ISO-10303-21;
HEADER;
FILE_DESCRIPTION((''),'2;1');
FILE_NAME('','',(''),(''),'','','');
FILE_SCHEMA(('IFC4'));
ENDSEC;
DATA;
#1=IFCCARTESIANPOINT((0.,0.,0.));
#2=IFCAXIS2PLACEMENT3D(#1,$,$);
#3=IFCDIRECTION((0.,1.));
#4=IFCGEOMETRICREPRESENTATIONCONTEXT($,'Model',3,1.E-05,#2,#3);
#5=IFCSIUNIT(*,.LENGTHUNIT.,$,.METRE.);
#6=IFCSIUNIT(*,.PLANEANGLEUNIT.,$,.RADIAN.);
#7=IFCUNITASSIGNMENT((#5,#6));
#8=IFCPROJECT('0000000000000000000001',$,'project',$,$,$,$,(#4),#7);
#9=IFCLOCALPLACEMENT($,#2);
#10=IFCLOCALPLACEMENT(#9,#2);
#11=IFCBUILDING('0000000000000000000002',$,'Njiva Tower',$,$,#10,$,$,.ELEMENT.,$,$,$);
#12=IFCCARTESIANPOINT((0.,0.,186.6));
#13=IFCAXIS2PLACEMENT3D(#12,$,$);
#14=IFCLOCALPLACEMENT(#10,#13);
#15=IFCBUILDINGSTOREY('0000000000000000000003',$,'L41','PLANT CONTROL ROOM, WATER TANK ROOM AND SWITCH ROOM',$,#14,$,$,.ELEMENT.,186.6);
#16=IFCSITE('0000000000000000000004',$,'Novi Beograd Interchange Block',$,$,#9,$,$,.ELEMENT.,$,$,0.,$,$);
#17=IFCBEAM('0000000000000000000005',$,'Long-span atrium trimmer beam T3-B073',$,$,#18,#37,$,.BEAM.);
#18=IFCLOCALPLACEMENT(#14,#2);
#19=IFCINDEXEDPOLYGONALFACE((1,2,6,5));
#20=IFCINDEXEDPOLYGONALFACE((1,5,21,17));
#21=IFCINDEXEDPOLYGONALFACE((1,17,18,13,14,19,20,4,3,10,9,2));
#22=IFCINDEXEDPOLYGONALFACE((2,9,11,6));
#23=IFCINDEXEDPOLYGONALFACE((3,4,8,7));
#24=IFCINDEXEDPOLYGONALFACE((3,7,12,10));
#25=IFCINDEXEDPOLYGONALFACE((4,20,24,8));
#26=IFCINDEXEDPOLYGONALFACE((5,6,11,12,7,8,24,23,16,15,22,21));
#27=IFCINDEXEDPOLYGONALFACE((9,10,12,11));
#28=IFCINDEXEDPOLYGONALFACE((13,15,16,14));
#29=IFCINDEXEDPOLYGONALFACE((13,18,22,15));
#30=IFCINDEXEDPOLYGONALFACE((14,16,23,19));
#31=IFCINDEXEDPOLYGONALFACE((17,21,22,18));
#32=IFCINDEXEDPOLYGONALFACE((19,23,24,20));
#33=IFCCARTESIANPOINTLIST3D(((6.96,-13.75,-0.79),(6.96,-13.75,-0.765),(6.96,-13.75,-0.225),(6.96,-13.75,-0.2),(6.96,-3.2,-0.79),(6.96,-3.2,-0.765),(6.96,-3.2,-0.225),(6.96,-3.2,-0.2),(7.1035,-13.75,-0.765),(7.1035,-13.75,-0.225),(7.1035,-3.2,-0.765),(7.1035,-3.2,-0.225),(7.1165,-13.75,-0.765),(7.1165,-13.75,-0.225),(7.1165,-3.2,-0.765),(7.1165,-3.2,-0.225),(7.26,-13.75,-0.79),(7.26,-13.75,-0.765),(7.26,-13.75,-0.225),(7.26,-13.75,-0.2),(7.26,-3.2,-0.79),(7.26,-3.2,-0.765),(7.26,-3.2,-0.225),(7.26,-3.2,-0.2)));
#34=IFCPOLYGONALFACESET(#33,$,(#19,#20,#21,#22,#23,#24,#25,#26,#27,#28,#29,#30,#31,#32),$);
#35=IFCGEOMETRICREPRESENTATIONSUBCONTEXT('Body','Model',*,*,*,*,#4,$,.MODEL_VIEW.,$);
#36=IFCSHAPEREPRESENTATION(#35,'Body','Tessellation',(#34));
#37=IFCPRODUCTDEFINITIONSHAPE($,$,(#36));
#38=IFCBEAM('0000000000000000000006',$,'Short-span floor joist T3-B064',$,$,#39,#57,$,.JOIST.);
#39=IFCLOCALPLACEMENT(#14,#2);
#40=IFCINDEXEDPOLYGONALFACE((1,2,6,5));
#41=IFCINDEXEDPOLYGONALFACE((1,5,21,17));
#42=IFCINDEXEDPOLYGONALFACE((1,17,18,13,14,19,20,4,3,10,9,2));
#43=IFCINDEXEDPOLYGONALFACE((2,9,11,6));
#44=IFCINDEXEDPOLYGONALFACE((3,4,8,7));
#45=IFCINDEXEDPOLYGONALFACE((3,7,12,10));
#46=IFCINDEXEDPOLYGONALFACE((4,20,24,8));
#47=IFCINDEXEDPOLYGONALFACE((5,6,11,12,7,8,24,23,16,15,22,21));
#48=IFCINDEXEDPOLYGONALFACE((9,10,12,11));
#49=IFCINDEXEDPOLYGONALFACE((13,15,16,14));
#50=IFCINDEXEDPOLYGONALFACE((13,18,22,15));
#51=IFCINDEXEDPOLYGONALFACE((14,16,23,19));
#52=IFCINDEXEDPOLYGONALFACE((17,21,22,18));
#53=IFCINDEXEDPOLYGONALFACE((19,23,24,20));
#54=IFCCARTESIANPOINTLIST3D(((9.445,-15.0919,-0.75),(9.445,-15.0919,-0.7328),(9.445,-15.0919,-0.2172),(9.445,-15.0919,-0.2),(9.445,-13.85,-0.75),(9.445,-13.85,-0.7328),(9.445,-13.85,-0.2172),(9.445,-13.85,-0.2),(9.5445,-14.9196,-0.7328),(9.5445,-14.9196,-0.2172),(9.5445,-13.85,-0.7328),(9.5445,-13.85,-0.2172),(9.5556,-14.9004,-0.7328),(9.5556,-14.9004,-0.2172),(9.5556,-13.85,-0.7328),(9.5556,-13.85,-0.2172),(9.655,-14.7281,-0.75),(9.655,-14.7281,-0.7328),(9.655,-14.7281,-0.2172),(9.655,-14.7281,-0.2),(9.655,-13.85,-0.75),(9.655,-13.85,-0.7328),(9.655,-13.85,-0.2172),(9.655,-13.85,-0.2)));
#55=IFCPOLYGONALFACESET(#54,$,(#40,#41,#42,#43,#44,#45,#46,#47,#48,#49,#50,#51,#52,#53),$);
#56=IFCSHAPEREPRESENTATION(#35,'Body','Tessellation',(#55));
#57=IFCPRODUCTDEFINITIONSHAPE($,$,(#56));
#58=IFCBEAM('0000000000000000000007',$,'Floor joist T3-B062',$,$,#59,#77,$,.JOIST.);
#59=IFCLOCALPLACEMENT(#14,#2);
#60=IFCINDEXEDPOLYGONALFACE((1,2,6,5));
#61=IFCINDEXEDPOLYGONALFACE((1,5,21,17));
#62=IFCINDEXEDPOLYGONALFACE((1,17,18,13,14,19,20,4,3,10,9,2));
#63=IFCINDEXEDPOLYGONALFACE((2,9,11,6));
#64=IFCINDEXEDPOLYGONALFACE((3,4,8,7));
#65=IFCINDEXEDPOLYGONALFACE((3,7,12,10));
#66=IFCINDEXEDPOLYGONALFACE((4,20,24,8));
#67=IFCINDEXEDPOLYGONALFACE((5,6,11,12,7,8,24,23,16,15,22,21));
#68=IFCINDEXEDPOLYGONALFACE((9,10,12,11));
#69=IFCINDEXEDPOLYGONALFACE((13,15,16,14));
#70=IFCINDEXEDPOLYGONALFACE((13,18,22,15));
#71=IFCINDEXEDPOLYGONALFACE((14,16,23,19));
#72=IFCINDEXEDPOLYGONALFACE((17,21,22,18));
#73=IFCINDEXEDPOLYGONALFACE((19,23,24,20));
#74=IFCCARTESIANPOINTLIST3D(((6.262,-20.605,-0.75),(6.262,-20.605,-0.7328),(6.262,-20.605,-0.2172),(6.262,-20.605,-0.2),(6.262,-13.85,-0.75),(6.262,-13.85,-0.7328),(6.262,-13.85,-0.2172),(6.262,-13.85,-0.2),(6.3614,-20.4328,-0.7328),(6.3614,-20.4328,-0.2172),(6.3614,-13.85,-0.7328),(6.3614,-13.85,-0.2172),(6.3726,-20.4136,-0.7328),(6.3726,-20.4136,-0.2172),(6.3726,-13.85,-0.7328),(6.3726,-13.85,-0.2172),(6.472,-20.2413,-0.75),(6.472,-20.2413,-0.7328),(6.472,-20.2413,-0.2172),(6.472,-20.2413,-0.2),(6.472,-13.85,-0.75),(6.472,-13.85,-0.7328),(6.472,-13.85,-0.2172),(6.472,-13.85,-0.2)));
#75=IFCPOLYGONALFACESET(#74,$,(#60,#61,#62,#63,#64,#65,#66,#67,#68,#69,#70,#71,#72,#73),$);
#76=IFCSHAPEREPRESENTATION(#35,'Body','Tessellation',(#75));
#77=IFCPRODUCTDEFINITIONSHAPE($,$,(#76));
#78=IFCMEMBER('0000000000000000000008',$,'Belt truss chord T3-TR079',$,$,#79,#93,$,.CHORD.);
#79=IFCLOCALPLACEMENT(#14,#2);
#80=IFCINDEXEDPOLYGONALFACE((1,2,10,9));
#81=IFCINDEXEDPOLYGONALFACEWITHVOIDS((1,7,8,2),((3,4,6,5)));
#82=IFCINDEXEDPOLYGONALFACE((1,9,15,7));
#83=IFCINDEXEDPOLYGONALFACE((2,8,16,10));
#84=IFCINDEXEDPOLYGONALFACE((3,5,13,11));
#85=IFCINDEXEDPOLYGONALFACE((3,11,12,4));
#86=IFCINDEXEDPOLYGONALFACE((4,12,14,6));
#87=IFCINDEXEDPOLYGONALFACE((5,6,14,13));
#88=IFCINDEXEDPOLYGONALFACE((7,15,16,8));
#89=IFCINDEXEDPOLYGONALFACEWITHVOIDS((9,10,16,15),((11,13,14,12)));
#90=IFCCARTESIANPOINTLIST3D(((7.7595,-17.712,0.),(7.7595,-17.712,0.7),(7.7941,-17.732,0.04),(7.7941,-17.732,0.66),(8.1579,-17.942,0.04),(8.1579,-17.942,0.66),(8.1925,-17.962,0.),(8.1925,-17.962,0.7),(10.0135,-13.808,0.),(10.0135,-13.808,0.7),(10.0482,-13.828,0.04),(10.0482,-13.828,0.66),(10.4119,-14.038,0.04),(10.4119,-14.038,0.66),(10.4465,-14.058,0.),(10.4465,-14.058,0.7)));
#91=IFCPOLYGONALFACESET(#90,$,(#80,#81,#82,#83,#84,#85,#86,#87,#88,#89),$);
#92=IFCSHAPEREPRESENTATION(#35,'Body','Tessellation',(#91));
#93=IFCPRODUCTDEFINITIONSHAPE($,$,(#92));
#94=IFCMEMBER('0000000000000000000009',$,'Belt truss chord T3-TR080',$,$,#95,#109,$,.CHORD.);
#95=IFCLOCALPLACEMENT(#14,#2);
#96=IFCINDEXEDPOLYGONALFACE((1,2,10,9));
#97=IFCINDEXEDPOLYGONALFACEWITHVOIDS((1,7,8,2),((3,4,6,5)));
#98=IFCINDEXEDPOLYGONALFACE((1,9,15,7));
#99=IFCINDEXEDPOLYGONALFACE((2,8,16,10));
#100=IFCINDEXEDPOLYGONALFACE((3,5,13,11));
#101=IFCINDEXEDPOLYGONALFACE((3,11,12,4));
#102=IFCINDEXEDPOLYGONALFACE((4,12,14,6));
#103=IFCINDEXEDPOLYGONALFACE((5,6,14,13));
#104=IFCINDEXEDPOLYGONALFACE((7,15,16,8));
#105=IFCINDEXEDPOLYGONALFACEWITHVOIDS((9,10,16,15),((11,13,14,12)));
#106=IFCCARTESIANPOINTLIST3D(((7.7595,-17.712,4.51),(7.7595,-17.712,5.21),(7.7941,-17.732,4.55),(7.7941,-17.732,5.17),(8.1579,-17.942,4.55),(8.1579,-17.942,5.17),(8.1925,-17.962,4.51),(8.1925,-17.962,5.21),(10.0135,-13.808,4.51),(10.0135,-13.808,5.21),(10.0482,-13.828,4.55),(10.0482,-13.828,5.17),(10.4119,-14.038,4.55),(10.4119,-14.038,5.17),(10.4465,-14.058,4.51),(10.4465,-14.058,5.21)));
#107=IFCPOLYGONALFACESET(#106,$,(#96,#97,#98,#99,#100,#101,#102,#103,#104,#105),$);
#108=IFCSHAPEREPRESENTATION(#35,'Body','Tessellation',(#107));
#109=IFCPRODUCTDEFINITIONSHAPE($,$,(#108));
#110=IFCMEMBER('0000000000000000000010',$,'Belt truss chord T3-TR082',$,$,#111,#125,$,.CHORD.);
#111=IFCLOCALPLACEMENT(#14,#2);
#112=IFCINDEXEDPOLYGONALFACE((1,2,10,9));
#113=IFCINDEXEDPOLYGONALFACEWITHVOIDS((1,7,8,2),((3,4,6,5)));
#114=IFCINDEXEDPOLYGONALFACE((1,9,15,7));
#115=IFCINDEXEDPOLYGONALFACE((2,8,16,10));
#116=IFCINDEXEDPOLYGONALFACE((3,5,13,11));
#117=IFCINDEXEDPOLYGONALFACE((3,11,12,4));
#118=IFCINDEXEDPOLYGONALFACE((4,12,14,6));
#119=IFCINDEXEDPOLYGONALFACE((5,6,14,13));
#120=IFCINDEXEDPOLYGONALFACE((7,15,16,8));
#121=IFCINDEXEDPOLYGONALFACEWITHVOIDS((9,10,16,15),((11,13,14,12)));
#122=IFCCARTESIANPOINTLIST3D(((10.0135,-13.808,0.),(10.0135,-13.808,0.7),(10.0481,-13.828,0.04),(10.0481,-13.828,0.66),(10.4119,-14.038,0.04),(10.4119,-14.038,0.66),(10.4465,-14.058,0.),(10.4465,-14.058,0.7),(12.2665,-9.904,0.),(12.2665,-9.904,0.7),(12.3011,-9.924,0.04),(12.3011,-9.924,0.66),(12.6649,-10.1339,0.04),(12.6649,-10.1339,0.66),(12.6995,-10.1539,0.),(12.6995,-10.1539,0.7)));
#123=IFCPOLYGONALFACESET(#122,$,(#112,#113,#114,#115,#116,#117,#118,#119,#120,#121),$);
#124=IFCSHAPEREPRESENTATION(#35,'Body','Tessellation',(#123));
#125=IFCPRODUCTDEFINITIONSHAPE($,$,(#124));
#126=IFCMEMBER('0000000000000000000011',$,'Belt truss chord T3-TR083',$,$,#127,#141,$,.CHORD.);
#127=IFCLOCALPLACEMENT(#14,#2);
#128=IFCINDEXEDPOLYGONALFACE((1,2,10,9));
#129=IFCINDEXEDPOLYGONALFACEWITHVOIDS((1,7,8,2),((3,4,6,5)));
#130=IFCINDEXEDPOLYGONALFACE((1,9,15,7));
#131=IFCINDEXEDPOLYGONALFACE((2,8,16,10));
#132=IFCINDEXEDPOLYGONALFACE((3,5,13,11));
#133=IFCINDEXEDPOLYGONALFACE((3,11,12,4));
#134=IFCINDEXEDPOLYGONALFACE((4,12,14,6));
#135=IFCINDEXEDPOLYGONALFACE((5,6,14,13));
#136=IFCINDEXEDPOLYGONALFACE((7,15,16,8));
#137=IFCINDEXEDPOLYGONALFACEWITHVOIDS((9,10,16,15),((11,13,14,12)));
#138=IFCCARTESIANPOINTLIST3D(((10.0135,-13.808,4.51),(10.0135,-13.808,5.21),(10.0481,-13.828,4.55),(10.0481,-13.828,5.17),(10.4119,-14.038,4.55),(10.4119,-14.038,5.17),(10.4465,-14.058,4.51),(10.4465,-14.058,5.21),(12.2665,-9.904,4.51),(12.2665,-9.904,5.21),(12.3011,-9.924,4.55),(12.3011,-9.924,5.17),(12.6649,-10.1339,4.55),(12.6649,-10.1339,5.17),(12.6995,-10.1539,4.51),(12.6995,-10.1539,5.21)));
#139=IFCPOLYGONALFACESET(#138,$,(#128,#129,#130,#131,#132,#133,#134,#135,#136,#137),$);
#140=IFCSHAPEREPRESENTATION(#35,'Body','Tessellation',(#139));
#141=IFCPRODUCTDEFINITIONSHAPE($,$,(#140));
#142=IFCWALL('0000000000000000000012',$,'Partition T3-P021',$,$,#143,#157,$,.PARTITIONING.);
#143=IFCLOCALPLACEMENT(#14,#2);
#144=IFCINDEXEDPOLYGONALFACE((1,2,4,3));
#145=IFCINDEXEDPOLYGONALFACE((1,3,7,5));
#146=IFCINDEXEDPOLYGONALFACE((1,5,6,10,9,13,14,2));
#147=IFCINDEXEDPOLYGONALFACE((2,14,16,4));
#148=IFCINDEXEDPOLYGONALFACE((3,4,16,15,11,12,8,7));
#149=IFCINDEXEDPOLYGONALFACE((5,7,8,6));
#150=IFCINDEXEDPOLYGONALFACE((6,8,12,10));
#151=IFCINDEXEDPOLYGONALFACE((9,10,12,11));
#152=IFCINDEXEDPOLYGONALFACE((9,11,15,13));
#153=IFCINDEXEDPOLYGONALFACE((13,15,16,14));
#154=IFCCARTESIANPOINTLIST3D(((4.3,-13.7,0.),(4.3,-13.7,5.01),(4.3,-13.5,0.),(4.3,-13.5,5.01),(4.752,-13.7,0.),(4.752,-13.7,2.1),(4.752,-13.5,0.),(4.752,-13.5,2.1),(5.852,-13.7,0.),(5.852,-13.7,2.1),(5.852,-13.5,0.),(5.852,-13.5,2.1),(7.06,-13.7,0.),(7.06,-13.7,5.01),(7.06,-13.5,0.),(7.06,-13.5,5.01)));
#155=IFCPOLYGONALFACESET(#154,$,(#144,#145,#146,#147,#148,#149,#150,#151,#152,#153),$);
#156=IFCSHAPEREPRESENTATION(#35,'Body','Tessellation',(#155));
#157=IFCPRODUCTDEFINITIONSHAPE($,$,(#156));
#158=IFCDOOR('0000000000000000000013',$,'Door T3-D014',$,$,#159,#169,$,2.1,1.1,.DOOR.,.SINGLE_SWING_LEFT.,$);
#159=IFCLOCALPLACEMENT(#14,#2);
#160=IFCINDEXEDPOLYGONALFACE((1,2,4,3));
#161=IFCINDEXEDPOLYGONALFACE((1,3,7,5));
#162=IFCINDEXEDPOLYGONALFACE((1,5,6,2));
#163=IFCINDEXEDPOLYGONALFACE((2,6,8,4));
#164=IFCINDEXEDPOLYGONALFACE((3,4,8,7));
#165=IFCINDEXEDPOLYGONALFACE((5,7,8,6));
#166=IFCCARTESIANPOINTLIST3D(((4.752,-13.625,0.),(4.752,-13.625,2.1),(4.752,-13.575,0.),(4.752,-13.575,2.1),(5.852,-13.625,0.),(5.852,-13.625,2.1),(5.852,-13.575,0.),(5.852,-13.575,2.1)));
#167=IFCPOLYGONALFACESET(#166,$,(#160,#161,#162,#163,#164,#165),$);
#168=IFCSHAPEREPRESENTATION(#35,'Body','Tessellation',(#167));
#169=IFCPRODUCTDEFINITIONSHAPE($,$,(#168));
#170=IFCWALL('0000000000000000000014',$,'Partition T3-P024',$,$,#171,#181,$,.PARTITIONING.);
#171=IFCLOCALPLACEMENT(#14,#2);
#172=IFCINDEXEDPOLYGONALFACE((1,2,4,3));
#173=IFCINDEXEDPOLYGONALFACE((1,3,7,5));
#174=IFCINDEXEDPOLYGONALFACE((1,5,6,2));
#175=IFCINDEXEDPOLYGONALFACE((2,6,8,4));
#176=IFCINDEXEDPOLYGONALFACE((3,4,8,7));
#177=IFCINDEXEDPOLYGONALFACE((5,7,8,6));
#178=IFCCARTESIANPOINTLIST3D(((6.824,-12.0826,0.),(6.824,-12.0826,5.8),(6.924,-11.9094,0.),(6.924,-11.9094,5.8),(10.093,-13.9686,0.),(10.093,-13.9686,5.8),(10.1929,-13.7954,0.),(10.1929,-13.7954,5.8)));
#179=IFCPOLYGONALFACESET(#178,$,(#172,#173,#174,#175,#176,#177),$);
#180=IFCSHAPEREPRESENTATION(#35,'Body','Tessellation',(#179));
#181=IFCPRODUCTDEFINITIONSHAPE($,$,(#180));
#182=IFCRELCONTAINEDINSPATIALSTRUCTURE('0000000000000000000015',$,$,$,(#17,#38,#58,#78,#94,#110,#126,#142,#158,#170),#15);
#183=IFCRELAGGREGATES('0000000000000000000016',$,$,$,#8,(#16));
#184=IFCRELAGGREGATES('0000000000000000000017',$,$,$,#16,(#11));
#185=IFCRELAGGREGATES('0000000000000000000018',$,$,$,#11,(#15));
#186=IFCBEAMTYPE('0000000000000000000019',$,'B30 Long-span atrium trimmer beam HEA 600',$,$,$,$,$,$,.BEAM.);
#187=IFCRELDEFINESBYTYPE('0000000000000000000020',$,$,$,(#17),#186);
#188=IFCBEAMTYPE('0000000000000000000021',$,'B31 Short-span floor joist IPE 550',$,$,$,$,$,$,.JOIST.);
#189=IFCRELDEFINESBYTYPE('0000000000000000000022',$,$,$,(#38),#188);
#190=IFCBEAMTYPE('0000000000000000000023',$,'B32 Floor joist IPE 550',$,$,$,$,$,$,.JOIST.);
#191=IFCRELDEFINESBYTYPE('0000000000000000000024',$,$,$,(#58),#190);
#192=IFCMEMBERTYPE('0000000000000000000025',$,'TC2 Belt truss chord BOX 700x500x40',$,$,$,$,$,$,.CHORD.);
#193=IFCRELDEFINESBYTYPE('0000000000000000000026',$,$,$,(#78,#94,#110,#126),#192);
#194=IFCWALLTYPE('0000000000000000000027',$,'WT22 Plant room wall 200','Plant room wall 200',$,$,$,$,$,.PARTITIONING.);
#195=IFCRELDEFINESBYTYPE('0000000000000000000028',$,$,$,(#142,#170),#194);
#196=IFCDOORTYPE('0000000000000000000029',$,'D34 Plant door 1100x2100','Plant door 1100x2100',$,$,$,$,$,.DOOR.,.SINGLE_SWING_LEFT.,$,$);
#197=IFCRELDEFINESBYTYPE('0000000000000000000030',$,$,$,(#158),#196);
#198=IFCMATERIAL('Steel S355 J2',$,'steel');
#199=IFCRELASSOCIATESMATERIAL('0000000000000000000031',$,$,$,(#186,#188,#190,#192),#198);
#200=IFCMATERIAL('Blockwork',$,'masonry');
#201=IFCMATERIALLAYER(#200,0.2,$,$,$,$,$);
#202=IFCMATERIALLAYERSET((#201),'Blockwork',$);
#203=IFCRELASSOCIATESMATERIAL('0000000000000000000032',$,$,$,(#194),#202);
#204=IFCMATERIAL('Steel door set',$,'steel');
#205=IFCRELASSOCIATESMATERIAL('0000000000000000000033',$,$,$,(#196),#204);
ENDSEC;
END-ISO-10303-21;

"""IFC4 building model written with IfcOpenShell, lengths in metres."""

from ifc_helpers import new_model, si_unit, direction, frame, frame_2d, origin, origin_2d, place, context, subcontext, project, spatial, rectangle, hollow_rectangle, i_section, extrude, clip, halfspace, material, layer, layer_set, material_profile, profile_set, type_object, element, fill, save


model = new_model("IFC4")

# Units and contexts
model_context = context("Model", 3, precision=1e-05, world=origin(), true_north=direction((0.0, 1.0)))
body_context = subcontext(model_context, "Body", "Model", "MODEL_VIEW")
ifc_project = project(units=[si_unit("LENGTHUNIT", "METRE"), si_unit("PLANEANGLEUNIT", "RADIAN")], contexts=[model_context])

# Site, building, storey
site_placement = place(None, origin())
site = spatial("IfcSite", under=ifc_project, at=site_placement, Name="Novi Beograd Interchange Block", CompositionType="ELEMENT", RefElevation=0.0)
building_placement = place(site_placement, origin())
building = spatial("IfcBuilding", under=site, at=building_placement, Name="Njiva Tower", CompositionType="ELEMENT")
storey_placement = place(building_placement, frame((0.0, 0.0, 186.6)))
storey = spatial("IfcBuildingStorey", under=building, at=storey_placement, Name="L41", Description="PLANT CONTROL ROOM, WATER TANK ROOM AND SWITCH ROOM", CompositionType="ELEMENT", Elevation=186.6)

# Shared definitions
ifc_material_1 = material(Name="Steel S355 J2", Category="steel")

# Beams
ifc_material_profile_1 = material_profile(ifc_material_1, i_section(OverallWidth=0.3, OverallDepth=0.59, WebThickness=0.013, FlangeThickness=0.025, at=origin_2d()), Name="HEA 600")
ifc_profile_set_1 = profile_set([ifc_material_profile_1], Name="Steel S355 J2")
beam_type_1 = type_object("IfcBeamType", Name="B30 Long-span atrium trimmer beam HEA 600", PredefinedType="BEAM", material=ifc_profile_set_1)
beam_1_placement = place(storey_placement, frame((7.11, -13.75, -0.495), z_axis=(0.0, 1.0, 0.0), x_axis=(-1.0, 0.0, 0.0)))
element("IfcBeam", 1, at=beam_1_placement, inside=storey, type_object=beam_type_1, Name="Long-span atrium trimmer beam T3-B073", PredefinedType="BEAM", context=body_context, shape_type="SweptSolid", body=[
    extrude(i_section(OverallWidth=0.3, OverallDepth=0.59, WebThickness=0.013, FlangeThickness=0.025, at=origin_2d()), origin(), (0.0, 0.0, 1.0), 10.55),
])
ifc_material_profile_2 = material_profile(ifc_material_1, i_section(OverallWidth=0.21, OverallDepth=0.55, WebThickness=0.0111, FlangeThickness=0.0172, at=origin_2d()), Name="IPE 550")
ifc_profile_set_2 = profile_set([ifc_material_profile_2], Name="Steel S355 J2")
beam_type_2 = type_object("IfcBeamType", Name="B31 Short-span floor joist IPE 550", PredefinedType="JOIST", material=ifc_profile_set_2)
beam_2_placement = place(storey_placement, frame((9.55, -13.85, -0.475), z_axis=(0.0, -1.0, 0.0), x_axis=(1.0, 0.0, 0.0)))
element("IfcBeam", 2, at=beam_2_placement, inside=storey, type_object=beam_type_2, Name="Short-span floor joist T3-B064", PredefinedType="JOIST", context=body_context, shape_type="Clipping", body=[
    clip(extrude(i_section(OverallWidth=0.21, OverallDepth=0.55, WebThickness=0.0111, FlangeThickness=0.0172, at=origin_2d()), origin(), (0.0, 0.0, 1.0), 1.262), halfspace(frame((0.0433, 0.0, 0.985), z_axis=(0.866027, 0.0, 0.499998), x_axis=(0.0, 1.0, 0.0)), False)),
])
ifc_material_profile_3 = material_profile(ifc_material_1, i_section(OverallWidth=0.21, OverallDepth=0.55, WebThickness=0.0111, FlangeThickness=0.0172, at=origin_2d()), Name="IPE 550")
ifc_profile_set_3 = profile_set([ifc_material_profile_3], Name="Steel S355 J2")
beam_type_3 = type_object("IfcBeamType", Name="B32 Floor joist IPE 550", PredefinedType="JOIST", material=ifc_profile_set_3)
beam_3_placement = place(storey_placement, frame((6.367, -13.85, -0.475), z_axis=(0.0, -1.0, 0.0), x_axis=(1.0, 0.0, 0.0)))
element("IfcBeam", 3, at=beam_3_placement, inside=storey, type_object=beam_type_3, Name="Floor joist T3-B062", PredefinedType="JOIST", context=body_context, shape_type="Clipping", body=[
    clip(extrude(i_section(OverallWidth=0.21, OverallDepth=0.55, WebThickness=0.0111, FlangeThickness=0.0172, at=origin_2d()), origin(), (0.0, 0.0, 1.0), 6.776), halfspace(frame((0.043, 0.0, 6.4987), z_axis=(0.866027, 0.0, 0.499998), x_axis=(0.0, 1.0, 0.0)), False)),
])

# Members
ifc_material_profile_4 = material_profile(ifc_material_1, hollow_rectangle(XDim=0.5, YDim=0.7, WallThickness=0.04, at=origin_2d()), Name="BOX 700x500x40")
ifc_profile_set_4 = profile_set([ifc_material_profile_4], Name="Steel S355 J2")
member_type_1 = type_object("IfcMemberType", Name="TC2 Belt truss chord BOX 700x500x40", PredefinedType="CHORD", material=ifc_profile_set_4)
for number, where, z_axis, x_axis, name in (
    (4, (7.976, -17.837, 0.35), (0.500004, 0.866023, 0.0), (-0.866023, 0.500004, 0.0), "Belt truss chord T3-TR079"),
    (5, (7.976, -17.837, 4.86), (0.500004, 0.866023, 0.0), (-0.866023, 0.500004, 0.0), "Belt truss chord T3-TR080"),
):
    element("IfcMember", number, at=place(storey_placement, frame(where, z_axis=z_axis, x_axis=x_axis)), inside=storey, type_object=member_type_1, Name=name, PredefinedType="CHORD", context=body_context, shape_type="SweptSolid", body=[
        extrude(hollow_rectangle(XDim=0.5, YDim=0.7, WallThickness=0.04, at=origin_2d()), origin(), (0.0, 0.0, 1.0), 4.508),
    ])
for number, where, z_axis, x_axis, name in (
    (6, (10.23, -13.933, 0.35), (0.499838, 0.866119, 0.0), (-0.866119, 0.499838, 0.0), "Belt truss chord T3-TR082"),
    (7, (10.23, -13.933, 4.86), (0.499838, 0.866119, 0.0), (-0.866119, 0.499838, 0.0), "Belt truss chord T3-TR083"),
):
    element("IfcMember", number, at=place(storey_placement, frame(where, z_axis=z_axis, x_axis=x_axis)), inside=storey, type_object=member_type_1, Name=name, PredefinedType="CHORD", context=body_context, shape_type="SweptSolid", body=[
        extrude(hollow_rectangle(XDim=0.5, YDim=0.7, WallThickness=0.04, at=origin_2d()), origin(), (0.0, 0.0, 1.0), 4.5075),
    ])

# Wall, opening, door
ifc_material_2 = material(Name="Blockwork", Category="masonry")
ifc_layer_1 = layer(ifc_material_2, 0.2)
ifc_layer_set_1 = layer_set([ifc_layer_1], Name="Blockwork")
wall_type_1 = type_object("IfcWallType", Name="WT22 Plant room wall 200", Description="Plant room wall 200", PredefinedType="PARTITIONING", material=ifc_layer_set_1)
wall_1_placement = place(storey_placement, frame((4.3, -13.6, 0.0), z_axis=(0.0, 0.0, 1.0), x_axis=(1.0, 0.0, 0.0)))
wall_1 = element("IfcWall", 8, at=wall_1_placement, inside=storey, type_object=wall_type_1, Name="Partition T3-P021", PredefinedType="PARTITIONING", context=body_context, shape_type="SweptSolid", body=[
    extrude(rectangle(XDim=2.76, YDim=0.2, at=frame_2d((1.38, 0.0))), origin(), (0.0, 0.0, 1.0), 5.01),
])
opening_1_placement = place(wall_1_placement, frame((0.452, 0.0, 0.0)))
opening_1 = element("IfcOpeningElement", 9, at=opening_1_placement, cuts=wall_1, PredefinedType="OPENING", context=body_context, shape_type="SweptSolid", body=[
    extrude(rectangle(XDim=1.1, YDim=2.1, at=frame_2d((0.55, 1.05))), frame((0.0, 0.11, 0.0), z_axis=(0.0, -1.0, 0.0), x_axis=(1.0, 0.0, 0.0)), (0.0, 0.0, 1.0), 0.22),
])
ifc_material_3 = material(Name="Steel door set", Category="steel")
door_type_1 = type_object("IfcDoorType", Name="D34 Plant door 1100x2100", Description="Plant door 1100x2100", OperationType="SINGLE_SWING_LEFT", PredefinedType="DOOR", material=ifc_material_3)
door_1_placement = place(opening_1_placement, origin())
door_1 = element("IfcDoor", 10, at=door_1_placement, inside=storey, type_object=door_type_1, Name="Door T3-D014", OperationType="SINGLE_SWING_LEFT", OverallHeight=2.1, OverallWidth=1.1, PredefinedType="DOOR", context=body_context, shape_type="SweptSolid", body=[
    extrude(rectangle(XDim=1.1, YDim=2.1, at=frame_2d((0.55, 1.05))), frame((0.0, 0.025, 0.0), z_axis=(0.0, -1.0, 0.0), x_axis=(1.0, 0.0, 0.0)), (0.0, 0.0, 1.0), 0.05),
])
fill(opening_1, door_1)

# Wall
wall_2_placement = place(storey_placement, frame((6.874, -11.996, 0.0), z_axis=(0.0, 0.0, 1.0), x_axis=(0.866181, -0.49973, 0.0)))
element("IfcWall", 11, at=wall_2_placement, inside=storey, type_object=wall_type_1, Name="Partition T3-P024", PredefinedType="PARTITIONING", context=body_context, shape_type="SweptSolid", body=[
    extrude(rectangle(XDim=3.774, YDim=0.2, at=frame_2d((1.887, 0.0))), origin(), (0.0, 0.0, 1.0), 5.8),
])

save(model, "model.ifc")
